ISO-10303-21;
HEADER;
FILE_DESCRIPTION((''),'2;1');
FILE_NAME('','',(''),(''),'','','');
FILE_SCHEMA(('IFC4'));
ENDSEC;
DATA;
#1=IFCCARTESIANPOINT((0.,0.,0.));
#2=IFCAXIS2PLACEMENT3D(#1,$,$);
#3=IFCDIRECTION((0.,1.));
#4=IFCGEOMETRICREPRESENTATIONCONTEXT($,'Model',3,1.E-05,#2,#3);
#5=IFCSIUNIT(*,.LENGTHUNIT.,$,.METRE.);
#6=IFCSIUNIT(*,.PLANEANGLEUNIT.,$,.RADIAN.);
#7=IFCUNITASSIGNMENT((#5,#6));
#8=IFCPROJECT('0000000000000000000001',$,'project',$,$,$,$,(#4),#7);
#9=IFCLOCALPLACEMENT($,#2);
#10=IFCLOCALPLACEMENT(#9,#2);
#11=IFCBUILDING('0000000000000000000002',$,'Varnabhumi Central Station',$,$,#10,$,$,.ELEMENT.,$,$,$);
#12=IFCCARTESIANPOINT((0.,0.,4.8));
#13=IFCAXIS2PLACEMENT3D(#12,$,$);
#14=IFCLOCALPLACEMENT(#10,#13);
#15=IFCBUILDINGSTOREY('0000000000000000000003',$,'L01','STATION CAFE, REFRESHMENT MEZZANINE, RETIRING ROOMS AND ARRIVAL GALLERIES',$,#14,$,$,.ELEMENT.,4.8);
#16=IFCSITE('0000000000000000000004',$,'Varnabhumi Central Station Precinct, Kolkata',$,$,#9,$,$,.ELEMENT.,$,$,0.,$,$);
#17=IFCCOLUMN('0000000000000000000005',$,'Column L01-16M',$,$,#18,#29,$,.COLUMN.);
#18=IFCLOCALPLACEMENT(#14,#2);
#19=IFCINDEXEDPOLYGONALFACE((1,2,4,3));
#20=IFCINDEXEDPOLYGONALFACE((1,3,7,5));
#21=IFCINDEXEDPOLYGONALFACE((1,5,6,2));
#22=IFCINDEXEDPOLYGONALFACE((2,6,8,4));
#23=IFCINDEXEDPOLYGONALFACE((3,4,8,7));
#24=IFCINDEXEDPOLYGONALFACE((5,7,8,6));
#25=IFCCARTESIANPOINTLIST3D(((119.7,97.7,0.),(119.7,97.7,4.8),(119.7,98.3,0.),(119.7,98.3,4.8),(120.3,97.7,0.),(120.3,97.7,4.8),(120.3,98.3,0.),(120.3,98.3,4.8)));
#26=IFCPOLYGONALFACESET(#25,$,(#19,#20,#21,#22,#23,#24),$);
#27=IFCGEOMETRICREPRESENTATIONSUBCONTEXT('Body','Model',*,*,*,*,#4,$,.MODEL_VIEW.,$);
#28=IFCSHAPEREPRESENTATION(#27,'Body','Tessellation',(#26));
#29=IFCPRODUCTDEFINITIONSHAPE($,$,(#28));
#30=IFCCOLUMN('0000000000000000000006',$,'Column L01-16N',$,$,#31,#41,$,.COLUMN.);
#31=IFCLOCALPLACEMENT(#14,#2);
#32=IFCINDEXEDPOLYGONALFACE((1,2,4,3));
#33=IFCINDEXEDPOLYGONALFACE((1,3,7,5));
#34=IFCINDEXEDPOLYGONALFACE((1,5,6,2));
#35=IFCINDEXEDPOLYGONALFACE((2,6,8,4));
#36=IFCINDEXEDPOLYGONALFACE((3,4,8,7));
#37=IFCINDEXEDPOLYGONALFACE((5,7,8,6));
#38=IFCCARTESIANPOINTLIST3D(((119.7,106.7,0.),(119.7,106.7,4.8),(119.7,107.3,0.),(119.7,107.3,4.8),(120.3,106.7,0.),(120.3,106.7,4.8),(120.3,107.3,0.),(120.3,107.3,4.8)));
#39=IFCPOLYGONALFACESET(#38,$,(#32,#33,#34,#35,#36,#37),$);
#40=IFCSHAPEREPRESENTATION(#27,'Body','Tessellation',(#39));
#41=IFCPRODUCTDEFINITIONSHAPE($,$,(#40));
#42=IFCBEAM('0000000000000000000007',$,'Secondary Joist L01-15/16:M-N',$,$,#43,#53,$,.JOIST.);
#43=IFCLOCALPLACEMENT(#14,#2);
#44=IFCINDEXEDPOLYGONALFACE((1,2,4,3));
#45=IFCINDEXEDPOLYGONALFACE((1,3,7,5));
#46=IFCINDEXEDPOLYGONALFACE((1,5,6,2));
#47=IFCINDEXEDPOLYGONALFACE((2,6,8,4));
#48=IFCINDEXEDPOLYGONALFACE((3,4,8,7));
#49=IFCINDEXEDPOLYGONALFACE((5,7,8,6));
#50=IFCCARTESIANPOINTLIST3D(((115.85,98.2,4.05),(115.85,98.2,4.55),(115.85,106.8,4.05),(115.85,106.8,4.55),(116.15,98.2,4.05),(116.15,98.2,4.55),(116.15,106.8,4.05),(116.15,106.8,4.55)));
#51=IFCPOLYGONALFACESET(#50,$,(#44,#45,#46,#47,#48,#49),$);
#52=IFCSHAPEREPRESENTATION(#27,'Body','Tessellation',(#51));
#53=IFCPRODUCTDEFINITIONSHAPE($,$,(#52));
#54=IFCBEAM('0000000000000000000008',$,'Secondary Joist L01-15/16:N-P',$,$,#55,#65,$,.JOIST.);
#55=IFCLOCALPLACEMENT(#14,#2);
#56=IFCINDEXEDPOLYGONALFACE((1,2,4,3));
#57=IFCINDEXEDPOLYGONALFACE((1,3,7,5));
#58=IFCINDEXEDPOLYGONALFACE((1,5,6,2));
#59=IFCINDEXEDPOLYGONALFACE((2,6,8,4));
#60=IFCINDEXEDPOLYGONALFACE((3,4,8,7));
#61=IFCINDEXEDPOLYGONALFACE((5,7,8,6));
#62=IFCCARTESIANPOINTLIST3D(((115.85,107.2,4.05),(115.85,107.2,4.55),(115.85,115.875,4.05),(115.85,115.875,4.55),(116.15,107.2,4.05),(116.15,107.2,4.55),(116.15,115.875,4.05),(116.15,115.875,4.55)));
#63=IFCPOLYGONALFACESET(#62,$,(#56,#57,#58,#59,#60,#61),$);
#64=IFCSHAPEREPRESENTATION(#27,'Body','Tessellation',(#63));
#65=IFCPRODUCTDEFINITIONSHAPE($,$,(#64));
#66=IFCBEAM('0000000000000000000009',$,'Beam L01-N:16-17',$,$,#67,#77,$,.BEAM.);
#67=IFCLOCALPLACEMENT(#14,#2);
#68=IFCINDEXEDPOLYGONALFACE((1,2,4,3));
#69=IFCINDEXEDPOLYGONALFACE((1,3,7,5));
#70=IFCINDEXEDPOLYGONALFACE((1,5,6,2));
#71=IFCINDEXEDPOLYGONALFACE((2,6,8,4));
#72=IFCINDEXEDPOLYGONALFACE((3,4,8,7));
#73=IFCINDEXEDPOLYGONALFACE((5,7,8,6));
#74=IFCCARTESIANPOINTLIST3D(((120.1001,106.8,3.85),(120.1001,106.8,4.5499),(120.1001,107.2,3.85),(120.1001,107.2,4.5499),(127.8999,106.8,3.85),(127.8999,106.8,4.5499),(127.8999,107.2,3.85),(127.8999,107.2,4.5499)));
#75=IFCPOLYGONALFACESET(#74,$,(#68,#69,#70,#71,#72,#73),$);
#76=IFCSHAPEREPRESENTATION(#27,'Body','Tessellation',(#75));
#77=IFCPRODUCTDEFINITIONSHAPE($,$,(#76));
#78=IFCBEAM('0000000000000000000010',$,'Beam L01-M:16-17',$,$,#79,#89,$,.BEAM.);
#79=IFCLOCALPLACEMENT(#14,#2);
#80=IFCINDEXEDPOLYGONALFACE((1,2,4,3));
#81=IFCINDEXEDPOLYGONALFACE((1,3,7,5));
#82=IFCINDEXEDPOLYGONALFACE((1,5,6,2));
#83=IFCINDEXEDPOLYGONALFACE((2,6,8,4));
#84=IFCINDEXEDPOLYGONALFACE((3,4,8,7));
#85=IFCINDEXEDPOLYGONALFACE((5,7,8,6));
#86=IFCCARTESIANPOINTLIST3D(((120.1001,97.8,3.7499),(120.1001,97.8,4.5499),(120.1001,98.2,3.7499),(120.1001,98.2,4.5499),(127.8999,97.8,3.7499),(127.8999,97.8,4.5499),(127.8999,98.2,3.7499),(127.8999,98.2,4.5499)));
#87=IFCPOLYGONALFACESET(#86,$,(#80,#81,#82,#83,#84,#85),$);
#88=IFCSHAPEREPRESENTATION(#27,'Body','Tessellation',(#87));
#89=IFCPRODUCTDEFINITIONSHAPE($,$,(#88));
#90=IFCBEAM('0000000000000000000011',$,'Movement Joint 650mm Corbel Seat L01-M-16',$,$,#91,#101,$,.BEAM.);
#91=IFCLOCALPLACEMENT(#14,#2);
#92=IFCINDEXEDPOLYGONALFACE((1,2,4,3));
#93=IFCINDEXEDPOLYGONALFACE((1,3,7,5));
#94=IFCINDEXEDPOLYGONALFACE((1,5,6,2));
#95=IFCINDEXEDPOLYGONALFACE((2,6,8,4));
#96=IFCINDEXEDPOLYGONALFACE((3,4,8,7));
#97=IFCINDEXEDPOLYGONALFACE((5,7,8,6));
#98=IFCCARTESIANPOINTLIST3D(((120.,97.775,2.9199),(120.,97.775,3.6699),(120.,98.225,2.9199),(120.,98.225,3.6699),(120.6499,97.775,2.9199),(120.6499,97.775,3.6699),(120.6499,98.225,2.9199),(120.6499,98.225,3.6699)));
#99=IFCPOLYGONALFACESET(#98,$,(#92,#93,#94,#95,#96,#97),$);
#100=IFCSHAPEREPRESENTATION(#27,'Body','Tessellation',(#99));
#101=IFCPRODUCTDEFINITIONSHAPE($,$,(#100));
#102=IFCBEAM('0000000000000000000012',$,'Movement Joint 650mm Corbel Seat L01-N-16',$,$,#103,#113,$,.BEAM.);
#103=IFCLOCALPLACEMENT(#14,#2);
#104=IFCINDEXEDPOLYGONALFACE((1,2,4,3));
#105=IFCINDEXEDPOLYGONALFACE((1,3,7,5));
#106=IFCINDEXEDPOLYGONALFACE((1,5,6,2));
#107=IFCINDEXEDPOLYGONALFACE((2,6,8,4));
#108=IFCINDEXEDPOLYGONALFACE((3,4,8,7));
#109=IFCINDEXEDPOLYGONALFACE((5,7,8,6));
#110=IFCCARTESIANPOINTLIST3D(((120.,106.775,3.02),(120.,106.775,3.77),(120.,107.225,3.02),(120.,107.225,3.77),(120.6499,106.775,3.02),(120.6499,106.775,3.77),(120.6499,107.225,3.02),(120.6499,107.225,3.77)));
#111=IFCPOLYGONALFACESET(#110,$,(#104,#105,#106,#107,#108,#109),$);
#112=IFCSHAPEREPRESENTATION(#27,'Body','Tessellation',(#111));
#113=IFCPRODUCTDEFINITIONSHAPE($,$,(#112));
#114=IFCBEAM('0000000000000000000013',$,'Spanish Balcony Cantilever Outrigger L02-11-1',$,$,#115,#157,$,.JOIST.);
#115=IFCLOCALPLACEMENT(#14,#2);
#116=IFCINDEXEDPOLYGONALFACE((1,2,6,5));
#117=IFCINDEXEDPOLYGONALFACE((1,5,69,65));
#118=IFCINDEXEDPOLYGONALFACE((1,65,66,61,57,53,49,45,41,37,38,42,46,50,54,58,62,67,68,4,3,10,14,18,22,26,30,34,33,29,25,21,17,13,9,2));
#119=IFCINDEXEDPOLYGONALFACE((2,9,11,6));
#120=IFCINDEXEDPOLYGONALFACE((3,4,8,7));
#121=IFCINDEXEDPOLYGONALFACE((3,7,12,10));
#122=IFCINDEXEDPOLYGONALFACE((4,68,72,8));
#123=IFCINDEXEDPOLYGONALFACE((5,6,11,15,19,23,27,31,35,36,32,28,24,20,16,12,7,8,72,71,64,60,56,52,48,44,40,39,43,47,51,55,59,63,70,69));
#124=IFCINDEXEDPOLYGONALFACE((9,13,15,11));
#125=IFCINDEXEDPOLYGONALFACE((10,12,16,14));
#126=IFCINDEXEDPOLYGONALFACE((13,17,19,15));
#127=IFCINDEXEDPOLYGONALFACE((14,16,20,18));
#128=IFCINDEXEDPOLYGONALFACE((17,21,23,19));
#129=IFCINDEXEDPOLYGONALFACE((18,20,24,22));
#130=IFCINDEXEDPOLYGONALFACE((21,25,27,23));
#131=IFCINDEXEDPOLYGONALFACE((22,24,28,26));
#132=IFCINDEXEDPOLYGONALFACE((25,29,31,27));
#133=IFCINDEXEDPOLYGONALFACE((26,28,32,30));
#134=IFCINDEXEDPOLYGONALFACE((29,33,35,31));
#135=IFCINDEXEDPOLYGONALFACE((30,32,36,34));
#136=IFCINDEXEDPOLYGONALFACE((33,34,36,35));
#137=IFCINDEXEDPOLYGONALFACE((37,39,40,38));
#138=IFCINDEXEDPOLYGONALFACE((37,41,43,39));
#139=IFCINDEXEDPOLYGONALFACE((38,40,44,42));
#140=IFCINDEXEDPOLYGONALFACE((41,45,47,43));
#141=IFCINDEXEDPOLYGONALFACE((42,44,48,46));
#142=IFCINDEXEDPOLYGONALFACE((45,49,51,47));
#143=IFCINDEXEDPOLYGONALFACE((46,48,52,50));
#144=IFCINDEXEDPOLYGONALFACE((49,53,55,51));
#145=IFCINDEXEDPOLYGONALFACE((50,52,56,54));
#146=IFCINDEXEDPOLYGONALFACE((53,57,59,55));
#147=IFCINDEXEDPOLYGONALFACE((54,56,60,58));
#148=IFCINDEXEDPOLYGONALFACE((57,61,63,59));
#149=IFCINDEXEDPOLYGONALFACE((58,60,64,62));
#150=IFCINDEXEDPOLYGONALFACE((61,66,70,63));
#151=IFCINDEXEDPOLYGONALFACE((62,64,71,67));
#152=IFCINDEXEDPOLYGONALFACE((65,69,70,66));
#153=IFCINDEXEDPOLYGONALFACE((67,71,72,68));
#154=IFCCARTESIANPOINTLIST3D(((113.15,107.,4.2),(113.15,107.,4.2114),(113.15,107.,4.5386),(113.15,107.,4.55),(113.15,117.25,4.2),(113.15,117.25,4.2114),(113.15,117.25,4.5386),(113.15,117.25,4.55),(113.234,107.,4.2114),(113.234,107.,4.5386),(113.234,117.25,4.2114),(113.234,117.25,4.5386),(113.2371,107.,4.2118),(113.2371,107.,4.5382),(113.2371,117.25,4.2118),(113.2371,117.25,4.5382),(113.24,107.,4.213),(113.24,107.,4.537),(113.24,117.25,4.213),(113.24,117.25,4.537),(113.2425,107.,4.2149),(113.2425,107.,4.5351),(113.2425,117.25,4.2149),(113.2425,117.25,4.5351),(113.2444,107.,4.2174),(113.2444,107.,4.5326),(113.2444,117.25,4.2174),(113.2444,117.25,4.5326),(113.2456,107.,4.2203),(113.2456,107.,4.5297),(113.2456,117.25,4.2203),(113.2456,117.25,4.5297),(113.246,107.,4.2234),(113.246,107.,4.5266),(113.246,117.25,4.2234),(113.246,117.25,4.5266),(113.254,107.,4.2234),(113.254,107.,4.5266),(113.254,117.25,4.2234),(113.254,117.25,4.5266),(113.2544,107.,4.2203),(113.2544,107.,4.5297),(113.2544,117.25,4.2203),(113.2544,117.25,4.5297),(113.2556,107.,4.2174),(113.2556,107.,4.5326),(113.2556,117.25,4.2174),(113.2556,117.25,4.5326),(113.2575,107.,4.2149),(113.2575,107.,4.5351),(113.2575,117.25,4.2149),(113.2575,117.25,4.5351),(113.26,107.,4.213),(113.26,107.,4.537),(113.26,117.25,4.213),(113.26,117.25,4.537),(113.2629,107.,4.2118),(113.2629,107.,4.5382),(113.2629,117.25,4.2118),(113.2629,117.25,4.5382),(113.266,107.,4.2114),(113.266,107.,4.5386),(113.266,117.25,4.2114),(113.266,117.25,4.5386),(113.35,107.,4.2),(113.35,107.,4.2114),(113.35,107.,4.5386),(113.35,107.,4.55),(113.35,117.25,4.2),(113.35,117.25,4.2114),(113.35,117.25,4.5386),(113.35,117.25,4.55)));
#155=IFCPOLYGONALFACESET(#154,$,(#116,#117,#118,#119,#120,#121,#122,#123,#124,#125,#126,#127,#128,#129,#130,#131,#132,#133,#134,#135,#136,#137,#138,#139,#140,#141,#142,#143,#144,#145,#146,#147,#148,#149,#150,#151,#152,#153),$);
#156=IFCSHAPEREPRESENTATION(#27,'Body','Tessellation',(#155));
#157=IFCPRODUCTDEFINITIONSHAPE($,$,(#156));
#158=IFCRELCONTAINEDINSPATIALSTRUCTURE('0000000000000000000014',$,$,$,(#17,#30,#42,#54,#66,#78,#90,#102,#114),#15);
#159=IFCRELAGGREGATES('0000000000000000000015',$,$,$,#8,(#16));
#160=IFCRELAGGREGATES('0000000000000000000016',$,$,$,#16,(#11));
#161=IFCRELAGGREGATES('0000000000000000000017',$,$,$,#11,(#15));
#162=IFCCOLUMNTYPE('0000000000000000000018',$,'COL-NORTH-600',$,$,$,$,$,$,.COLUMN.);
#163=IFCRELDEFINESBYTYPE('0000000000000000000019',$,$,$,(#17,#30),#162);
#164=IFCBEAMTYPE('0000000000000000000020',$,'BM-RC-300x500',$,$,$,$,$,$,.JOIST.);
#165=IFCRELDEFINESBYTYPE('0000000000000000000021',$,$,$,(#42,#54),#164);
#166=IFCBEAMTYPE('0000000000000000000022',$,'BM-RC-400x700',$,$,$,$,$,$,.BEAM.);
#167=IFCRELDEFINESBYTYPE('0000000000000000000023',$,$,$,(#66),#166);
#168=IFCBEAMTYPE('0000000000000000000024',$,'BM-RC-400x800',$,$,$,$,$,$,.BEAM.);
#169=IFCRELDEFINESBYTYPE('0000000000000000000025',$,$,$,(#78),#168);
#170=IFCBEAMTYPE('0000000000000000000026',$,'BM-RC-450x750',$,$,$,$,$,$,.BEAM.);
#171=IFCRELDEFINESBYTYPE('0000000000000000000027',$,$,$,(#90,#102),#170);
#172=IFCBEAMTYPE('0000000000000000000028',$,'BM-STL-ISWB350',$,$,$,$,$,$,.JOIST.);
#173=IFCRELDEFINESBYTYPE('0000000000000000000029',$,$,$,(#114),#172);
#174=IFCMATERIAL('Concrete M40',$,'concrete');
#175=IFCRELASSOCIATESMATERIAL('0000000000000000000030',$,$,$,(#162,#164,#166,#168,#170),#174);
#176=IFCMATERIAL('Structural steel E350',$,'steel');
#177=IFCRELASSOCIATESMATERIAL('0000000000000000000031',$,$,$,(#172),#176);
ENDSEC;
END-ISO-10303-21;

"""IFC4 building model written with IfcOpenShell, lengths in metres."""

from ifc_helpers import new_model, si_unit, direction, frame, origin, origin_2d, place, context, subcontext, project, spatial, rectangle, i_section, extrude, material, material_profile, profile_set, type_object, element, save


model = new_model("IFC4")

# Units and contexts
model_context = context("Model", 3, precision=1e-05, world=origin(), true_north=direction((0.0, 1.0)))
body_context = subcontext(model_context, "Body", "Model", "MODEL_VIEW")
ifc_project = project(units=[si_unit("LENGTHUNIT", "METRE"), si_unit("PLANEANGLEUNIT", "RADIAN")], contexts=[model_context])

# Site, building, storey
site_placement = place(None, origin())
site = spatial("IfcSite", under=ifc_project, at=site_placement, Name="Varnabhumi Central Station Precinct, Kolkata", CompositionType="ELEMENT", RefElevation=0.0)
building_placement = place(site_placement, origin())
building = spatial("IfcBuilding", under=site, at=building_placement, Name="Varnabhumi Central Station", CompositionType="ELEMENT")
storey_placement = place(building_placement, frame((0.0, 0.0, 4.8)))
storey = spatial("IfcBuildingStorey", under=building, at=storey_placement, Name="L01", Description="STATION CAFE, REFRESHMENT MEZZANINE, RETIRING ROOMS AND ARRIVAL GALLERIES", CompositionType="ELEMENT", Elevation=4.8)

# Columns
ifc_material_1 = material(Name="Concrete M40", Category="concrete")
ifc_material_profile_1 = material_profile(ifc_material_1, rectangle(XDim=0.6001, YDim=0.6001, at=origin_2d()), Name="Concrete M40", Category="concrete")
ifc_profile_set_1 = profile_set([ifc_material_profile_1], Name="Concrete M40")
column_type = type_object("IfcColumnType", Name="COL-NORTH-600", PredefinedType="COLUMN", material=ifc_profile_set_1)
for number, where, z_axis, x_axis, name in (
    (1, (120.0, 98.0, 0.0), (0.0, 0.0, 1.0), (1.0, 0.0, 0.0), "Column L01-16M"),
    (2, (120.0, 107.0, 0.0), (0.0, 0.0, 1.0), (1.0, 0.0, 0.0), "Column L01-16N"),
):
    element("IfcColumn", number, at=place(storey_placement, frame(where, z_axis=z_axis, x_axis=x_axis)), inside=storey, type_object=column_type, Name=name, PredefinedType="COLUMN", context=body_context, shape_type="SweptSolid", body=[
        extrude(rectangle(XDim=0.6001, YDim=0.6001, at=origin_2d()), origin(), (0.0, 0.0, 1.0), 4.8),
    ])

# Beams
ifc_material_profile_2 = material_profile(ifc_material_1, rectangle(XDim=0.3, YDim=0.5, at=origin_2d()), Name="Concrete M40", Category="concrete")
ifc_profile_set_2 = profile_set([ifc_material_profile_2], Name="Concrete M40")
beam_type_1 = type_object("IfcBeamType", Name="BM-RC-300x500", PredefinedType="JOIST", material=ifc_profile_set_2)
beam_1_placement = place(storey_placement, frame((116.0, 98.2, 4.3), z_axis=(0.0, 1.0, 0.0), x_axis=(-1.0, 0.0, 0.0)))
element("IfcBeam", 3, at=beam_1_placement, inside=storey, type_object=beam_type_1, Name="Secondary Joist L01-15/16:M-N", PredefinedType="JOIST", context=body_context, shape_type="SweptSolid", body=[
    extrude(rectangle(XDim=0.3, YDim=0.5, at=origin_2d()), origin(), (0.0, 0.0, 1.0), 8.6001),
])
beam_2_placement = place(storey_placement, frame((116.0, 107.2, 4.3), z_axis=(0.0, 1.0, 0.0), x_axis=(-1.0, 0.0, 0.0)))
element("IfcBeam", 4, at=beam_2_placement, inside=storey, type_object=beam_type_1, Name="Secondary Joist L01-15/16:N-P", PredefinedType="JOIST", context=body_context, shape_type="SweptSolid", body=[
    extrude(rectangle(XDim=0.3, YDim=0.5, at=origin_2d()), origin(), (0.0, 0.0, 1.0), 8.675),
])
ifc_material_profile_3 = material_profile(ifc_material_1, rectangle(XDim=0.3999, YDim=0.7, at=origin_2d()), Name="Concrete M40", Category="concrete")
ifc_profile_set_3 = profile_set([ifc_material_profile_3], Name="Concrete M40")
beam_type_2 = type_object("IfcBeamType", Name="BM-RC-400x700", PredefinedType="BEAM", material=ifc_profile_set_3)
beam_3_placement = place(storey_placement, frame((120.1001, 107.0, 4.2), z_axis=(1.0, 0.0, 0.0), x_axis=(0.0, 1.0, 0.0)))
element("IfcBeam", 5, at=beam_3_placement, inside=storey, type_object=beam_type_2, Name="Beam L01-N:16-17", PredefinedType="BEAM", context=body_context, shape_type="SweptSolid", body=[
    extrude(rectangle(XDim=0.3999, YDim=0.7, at=origin_2d()), origin(), (0.0, 0.0, 1.0), 7.7998),
])
ifc_material_profile_4 = material_profile(ifc_material_1, rectangle(XDim=0.3999, YDim=0.8, at=origin_2d()), Name="Concrete M40", Category="concrete")
ifc_profile_set_4 = profile_set([ifc_material_profile_4], Name="Concrete M40")
beam_type_3 = type_object("IfcBeamType", Name="BM-RC-400x800", PredefinedType="BEAM", material=ifc_profile_set_4)
beam_4_placement = place(storey_placement, frame((120.1001, 98.0, 4.1499), z_axis=(1.0, 0.0, 0.0), x_axis=(0.0, 1.0, 0.0)))
element("IfcBeam", 6, at=beam_4_placement, inside=storey, type_object=beam_type_3, Name="Beam L01-M:16-17", PredefinedType="BEAM", context=body_context, shape_type="SweptSolid", body=[
    extrude(rectangle(XDim=0.3999, YDim=0.8, at=origin_2d()), origin(), (0.0, 0.0, 1.0), 7.7998),
])
ifc_material_profile_5 = material_profile(ifc_material_1, rectangle(XDim=0.45, YDim=0.75, at=origin_2d()), Name="Concrete M40", Category="concrete")
ifc_profile_set_5 = profile_set([ifc_material_profile_5], Name="Concrete M40")
beam_type_4 = type_object("IfcBeamType", Name="BM-RC-450x750", PredefinedType="BEAM", material=ifc_profile_set_5)
for number, where, z_axis, x_axis, name in (
    (7, (120.0, 98.0, 3.2949), (1.0, 0.0, 0.0), (0.0, 1.0, 0.0), "Movement Joint 650mm Corbel Seat L01-M-16"),
    (8, (120.0, 107.0, 3.395), (1.0, 0.0, 0.0), (0.0, 1.0, 0.0), "Movement Joint 650mm Corbel Seat L01-N-16"),
):
    element("IfcBeam", number, at=place(storey_placement, frame(where, z_axis=z_axis, x_axis=x_axis)), inside=storey, type_object=beam_type_4, Name=name, PredefinedType="BEAM", context=body_context, shape_type="SweptSolid", body=[
        extrude(rectangle(XDim=0.45, YDim=0.75, at=origin_2d()), origin(), (0.0, 0.0, 1.0), 0.6499),
    ])
ifc_material_2 = material(Name="Structural steel E350", Category="steel")
ifc_material_profile_6 = material_profile(ifc_material_2, i_section(OverallWidth=0.2, OverallDepth=0.3501, WebThickness=0.0081, FlangeThickness=0.0115, FilletRadius=0.012, at=origin_2d()), Name="Structural steel E350", Category="steel")
ifc_profile_set_6 = profile_set([ifc_material_profile_6], Name="Structural steel E350")
beam_type_5 = type_object("IfcBeamType", Name="BM-STL-ISWB350", PredefinedType="JOIST", material=ifc_profile_set_6)
for number, where, z_axis, x_axis, name in (
    (9, (113.25, 107.0, 4.375), (0.0, 1.0, 0.0), (-1.0, 0.0, 0.0), "Spanish Balcony Cantilever Outrigger L02-11-1"),
):
    element("IfcBeam", number, at=place(storey_placement, frame(where, z_axis=z_axis, x_axis=x_axis)), inside=storey, type_object=beam_type_5, Name=name, PredefinedType="JOIST", context=body_context, shape_type="SweptSolid", body=[
        extrude(i_section(OverallWidth=0.2, OverallDepth=0.3501, WebThickness=0.0081, FlangeThickness=0.0115, FilletRadius=0.012, at=origin_2d()), origin(), (0.0, 0.0, 1.0), 10.25),
    ])

save(model, "model.ifc")
